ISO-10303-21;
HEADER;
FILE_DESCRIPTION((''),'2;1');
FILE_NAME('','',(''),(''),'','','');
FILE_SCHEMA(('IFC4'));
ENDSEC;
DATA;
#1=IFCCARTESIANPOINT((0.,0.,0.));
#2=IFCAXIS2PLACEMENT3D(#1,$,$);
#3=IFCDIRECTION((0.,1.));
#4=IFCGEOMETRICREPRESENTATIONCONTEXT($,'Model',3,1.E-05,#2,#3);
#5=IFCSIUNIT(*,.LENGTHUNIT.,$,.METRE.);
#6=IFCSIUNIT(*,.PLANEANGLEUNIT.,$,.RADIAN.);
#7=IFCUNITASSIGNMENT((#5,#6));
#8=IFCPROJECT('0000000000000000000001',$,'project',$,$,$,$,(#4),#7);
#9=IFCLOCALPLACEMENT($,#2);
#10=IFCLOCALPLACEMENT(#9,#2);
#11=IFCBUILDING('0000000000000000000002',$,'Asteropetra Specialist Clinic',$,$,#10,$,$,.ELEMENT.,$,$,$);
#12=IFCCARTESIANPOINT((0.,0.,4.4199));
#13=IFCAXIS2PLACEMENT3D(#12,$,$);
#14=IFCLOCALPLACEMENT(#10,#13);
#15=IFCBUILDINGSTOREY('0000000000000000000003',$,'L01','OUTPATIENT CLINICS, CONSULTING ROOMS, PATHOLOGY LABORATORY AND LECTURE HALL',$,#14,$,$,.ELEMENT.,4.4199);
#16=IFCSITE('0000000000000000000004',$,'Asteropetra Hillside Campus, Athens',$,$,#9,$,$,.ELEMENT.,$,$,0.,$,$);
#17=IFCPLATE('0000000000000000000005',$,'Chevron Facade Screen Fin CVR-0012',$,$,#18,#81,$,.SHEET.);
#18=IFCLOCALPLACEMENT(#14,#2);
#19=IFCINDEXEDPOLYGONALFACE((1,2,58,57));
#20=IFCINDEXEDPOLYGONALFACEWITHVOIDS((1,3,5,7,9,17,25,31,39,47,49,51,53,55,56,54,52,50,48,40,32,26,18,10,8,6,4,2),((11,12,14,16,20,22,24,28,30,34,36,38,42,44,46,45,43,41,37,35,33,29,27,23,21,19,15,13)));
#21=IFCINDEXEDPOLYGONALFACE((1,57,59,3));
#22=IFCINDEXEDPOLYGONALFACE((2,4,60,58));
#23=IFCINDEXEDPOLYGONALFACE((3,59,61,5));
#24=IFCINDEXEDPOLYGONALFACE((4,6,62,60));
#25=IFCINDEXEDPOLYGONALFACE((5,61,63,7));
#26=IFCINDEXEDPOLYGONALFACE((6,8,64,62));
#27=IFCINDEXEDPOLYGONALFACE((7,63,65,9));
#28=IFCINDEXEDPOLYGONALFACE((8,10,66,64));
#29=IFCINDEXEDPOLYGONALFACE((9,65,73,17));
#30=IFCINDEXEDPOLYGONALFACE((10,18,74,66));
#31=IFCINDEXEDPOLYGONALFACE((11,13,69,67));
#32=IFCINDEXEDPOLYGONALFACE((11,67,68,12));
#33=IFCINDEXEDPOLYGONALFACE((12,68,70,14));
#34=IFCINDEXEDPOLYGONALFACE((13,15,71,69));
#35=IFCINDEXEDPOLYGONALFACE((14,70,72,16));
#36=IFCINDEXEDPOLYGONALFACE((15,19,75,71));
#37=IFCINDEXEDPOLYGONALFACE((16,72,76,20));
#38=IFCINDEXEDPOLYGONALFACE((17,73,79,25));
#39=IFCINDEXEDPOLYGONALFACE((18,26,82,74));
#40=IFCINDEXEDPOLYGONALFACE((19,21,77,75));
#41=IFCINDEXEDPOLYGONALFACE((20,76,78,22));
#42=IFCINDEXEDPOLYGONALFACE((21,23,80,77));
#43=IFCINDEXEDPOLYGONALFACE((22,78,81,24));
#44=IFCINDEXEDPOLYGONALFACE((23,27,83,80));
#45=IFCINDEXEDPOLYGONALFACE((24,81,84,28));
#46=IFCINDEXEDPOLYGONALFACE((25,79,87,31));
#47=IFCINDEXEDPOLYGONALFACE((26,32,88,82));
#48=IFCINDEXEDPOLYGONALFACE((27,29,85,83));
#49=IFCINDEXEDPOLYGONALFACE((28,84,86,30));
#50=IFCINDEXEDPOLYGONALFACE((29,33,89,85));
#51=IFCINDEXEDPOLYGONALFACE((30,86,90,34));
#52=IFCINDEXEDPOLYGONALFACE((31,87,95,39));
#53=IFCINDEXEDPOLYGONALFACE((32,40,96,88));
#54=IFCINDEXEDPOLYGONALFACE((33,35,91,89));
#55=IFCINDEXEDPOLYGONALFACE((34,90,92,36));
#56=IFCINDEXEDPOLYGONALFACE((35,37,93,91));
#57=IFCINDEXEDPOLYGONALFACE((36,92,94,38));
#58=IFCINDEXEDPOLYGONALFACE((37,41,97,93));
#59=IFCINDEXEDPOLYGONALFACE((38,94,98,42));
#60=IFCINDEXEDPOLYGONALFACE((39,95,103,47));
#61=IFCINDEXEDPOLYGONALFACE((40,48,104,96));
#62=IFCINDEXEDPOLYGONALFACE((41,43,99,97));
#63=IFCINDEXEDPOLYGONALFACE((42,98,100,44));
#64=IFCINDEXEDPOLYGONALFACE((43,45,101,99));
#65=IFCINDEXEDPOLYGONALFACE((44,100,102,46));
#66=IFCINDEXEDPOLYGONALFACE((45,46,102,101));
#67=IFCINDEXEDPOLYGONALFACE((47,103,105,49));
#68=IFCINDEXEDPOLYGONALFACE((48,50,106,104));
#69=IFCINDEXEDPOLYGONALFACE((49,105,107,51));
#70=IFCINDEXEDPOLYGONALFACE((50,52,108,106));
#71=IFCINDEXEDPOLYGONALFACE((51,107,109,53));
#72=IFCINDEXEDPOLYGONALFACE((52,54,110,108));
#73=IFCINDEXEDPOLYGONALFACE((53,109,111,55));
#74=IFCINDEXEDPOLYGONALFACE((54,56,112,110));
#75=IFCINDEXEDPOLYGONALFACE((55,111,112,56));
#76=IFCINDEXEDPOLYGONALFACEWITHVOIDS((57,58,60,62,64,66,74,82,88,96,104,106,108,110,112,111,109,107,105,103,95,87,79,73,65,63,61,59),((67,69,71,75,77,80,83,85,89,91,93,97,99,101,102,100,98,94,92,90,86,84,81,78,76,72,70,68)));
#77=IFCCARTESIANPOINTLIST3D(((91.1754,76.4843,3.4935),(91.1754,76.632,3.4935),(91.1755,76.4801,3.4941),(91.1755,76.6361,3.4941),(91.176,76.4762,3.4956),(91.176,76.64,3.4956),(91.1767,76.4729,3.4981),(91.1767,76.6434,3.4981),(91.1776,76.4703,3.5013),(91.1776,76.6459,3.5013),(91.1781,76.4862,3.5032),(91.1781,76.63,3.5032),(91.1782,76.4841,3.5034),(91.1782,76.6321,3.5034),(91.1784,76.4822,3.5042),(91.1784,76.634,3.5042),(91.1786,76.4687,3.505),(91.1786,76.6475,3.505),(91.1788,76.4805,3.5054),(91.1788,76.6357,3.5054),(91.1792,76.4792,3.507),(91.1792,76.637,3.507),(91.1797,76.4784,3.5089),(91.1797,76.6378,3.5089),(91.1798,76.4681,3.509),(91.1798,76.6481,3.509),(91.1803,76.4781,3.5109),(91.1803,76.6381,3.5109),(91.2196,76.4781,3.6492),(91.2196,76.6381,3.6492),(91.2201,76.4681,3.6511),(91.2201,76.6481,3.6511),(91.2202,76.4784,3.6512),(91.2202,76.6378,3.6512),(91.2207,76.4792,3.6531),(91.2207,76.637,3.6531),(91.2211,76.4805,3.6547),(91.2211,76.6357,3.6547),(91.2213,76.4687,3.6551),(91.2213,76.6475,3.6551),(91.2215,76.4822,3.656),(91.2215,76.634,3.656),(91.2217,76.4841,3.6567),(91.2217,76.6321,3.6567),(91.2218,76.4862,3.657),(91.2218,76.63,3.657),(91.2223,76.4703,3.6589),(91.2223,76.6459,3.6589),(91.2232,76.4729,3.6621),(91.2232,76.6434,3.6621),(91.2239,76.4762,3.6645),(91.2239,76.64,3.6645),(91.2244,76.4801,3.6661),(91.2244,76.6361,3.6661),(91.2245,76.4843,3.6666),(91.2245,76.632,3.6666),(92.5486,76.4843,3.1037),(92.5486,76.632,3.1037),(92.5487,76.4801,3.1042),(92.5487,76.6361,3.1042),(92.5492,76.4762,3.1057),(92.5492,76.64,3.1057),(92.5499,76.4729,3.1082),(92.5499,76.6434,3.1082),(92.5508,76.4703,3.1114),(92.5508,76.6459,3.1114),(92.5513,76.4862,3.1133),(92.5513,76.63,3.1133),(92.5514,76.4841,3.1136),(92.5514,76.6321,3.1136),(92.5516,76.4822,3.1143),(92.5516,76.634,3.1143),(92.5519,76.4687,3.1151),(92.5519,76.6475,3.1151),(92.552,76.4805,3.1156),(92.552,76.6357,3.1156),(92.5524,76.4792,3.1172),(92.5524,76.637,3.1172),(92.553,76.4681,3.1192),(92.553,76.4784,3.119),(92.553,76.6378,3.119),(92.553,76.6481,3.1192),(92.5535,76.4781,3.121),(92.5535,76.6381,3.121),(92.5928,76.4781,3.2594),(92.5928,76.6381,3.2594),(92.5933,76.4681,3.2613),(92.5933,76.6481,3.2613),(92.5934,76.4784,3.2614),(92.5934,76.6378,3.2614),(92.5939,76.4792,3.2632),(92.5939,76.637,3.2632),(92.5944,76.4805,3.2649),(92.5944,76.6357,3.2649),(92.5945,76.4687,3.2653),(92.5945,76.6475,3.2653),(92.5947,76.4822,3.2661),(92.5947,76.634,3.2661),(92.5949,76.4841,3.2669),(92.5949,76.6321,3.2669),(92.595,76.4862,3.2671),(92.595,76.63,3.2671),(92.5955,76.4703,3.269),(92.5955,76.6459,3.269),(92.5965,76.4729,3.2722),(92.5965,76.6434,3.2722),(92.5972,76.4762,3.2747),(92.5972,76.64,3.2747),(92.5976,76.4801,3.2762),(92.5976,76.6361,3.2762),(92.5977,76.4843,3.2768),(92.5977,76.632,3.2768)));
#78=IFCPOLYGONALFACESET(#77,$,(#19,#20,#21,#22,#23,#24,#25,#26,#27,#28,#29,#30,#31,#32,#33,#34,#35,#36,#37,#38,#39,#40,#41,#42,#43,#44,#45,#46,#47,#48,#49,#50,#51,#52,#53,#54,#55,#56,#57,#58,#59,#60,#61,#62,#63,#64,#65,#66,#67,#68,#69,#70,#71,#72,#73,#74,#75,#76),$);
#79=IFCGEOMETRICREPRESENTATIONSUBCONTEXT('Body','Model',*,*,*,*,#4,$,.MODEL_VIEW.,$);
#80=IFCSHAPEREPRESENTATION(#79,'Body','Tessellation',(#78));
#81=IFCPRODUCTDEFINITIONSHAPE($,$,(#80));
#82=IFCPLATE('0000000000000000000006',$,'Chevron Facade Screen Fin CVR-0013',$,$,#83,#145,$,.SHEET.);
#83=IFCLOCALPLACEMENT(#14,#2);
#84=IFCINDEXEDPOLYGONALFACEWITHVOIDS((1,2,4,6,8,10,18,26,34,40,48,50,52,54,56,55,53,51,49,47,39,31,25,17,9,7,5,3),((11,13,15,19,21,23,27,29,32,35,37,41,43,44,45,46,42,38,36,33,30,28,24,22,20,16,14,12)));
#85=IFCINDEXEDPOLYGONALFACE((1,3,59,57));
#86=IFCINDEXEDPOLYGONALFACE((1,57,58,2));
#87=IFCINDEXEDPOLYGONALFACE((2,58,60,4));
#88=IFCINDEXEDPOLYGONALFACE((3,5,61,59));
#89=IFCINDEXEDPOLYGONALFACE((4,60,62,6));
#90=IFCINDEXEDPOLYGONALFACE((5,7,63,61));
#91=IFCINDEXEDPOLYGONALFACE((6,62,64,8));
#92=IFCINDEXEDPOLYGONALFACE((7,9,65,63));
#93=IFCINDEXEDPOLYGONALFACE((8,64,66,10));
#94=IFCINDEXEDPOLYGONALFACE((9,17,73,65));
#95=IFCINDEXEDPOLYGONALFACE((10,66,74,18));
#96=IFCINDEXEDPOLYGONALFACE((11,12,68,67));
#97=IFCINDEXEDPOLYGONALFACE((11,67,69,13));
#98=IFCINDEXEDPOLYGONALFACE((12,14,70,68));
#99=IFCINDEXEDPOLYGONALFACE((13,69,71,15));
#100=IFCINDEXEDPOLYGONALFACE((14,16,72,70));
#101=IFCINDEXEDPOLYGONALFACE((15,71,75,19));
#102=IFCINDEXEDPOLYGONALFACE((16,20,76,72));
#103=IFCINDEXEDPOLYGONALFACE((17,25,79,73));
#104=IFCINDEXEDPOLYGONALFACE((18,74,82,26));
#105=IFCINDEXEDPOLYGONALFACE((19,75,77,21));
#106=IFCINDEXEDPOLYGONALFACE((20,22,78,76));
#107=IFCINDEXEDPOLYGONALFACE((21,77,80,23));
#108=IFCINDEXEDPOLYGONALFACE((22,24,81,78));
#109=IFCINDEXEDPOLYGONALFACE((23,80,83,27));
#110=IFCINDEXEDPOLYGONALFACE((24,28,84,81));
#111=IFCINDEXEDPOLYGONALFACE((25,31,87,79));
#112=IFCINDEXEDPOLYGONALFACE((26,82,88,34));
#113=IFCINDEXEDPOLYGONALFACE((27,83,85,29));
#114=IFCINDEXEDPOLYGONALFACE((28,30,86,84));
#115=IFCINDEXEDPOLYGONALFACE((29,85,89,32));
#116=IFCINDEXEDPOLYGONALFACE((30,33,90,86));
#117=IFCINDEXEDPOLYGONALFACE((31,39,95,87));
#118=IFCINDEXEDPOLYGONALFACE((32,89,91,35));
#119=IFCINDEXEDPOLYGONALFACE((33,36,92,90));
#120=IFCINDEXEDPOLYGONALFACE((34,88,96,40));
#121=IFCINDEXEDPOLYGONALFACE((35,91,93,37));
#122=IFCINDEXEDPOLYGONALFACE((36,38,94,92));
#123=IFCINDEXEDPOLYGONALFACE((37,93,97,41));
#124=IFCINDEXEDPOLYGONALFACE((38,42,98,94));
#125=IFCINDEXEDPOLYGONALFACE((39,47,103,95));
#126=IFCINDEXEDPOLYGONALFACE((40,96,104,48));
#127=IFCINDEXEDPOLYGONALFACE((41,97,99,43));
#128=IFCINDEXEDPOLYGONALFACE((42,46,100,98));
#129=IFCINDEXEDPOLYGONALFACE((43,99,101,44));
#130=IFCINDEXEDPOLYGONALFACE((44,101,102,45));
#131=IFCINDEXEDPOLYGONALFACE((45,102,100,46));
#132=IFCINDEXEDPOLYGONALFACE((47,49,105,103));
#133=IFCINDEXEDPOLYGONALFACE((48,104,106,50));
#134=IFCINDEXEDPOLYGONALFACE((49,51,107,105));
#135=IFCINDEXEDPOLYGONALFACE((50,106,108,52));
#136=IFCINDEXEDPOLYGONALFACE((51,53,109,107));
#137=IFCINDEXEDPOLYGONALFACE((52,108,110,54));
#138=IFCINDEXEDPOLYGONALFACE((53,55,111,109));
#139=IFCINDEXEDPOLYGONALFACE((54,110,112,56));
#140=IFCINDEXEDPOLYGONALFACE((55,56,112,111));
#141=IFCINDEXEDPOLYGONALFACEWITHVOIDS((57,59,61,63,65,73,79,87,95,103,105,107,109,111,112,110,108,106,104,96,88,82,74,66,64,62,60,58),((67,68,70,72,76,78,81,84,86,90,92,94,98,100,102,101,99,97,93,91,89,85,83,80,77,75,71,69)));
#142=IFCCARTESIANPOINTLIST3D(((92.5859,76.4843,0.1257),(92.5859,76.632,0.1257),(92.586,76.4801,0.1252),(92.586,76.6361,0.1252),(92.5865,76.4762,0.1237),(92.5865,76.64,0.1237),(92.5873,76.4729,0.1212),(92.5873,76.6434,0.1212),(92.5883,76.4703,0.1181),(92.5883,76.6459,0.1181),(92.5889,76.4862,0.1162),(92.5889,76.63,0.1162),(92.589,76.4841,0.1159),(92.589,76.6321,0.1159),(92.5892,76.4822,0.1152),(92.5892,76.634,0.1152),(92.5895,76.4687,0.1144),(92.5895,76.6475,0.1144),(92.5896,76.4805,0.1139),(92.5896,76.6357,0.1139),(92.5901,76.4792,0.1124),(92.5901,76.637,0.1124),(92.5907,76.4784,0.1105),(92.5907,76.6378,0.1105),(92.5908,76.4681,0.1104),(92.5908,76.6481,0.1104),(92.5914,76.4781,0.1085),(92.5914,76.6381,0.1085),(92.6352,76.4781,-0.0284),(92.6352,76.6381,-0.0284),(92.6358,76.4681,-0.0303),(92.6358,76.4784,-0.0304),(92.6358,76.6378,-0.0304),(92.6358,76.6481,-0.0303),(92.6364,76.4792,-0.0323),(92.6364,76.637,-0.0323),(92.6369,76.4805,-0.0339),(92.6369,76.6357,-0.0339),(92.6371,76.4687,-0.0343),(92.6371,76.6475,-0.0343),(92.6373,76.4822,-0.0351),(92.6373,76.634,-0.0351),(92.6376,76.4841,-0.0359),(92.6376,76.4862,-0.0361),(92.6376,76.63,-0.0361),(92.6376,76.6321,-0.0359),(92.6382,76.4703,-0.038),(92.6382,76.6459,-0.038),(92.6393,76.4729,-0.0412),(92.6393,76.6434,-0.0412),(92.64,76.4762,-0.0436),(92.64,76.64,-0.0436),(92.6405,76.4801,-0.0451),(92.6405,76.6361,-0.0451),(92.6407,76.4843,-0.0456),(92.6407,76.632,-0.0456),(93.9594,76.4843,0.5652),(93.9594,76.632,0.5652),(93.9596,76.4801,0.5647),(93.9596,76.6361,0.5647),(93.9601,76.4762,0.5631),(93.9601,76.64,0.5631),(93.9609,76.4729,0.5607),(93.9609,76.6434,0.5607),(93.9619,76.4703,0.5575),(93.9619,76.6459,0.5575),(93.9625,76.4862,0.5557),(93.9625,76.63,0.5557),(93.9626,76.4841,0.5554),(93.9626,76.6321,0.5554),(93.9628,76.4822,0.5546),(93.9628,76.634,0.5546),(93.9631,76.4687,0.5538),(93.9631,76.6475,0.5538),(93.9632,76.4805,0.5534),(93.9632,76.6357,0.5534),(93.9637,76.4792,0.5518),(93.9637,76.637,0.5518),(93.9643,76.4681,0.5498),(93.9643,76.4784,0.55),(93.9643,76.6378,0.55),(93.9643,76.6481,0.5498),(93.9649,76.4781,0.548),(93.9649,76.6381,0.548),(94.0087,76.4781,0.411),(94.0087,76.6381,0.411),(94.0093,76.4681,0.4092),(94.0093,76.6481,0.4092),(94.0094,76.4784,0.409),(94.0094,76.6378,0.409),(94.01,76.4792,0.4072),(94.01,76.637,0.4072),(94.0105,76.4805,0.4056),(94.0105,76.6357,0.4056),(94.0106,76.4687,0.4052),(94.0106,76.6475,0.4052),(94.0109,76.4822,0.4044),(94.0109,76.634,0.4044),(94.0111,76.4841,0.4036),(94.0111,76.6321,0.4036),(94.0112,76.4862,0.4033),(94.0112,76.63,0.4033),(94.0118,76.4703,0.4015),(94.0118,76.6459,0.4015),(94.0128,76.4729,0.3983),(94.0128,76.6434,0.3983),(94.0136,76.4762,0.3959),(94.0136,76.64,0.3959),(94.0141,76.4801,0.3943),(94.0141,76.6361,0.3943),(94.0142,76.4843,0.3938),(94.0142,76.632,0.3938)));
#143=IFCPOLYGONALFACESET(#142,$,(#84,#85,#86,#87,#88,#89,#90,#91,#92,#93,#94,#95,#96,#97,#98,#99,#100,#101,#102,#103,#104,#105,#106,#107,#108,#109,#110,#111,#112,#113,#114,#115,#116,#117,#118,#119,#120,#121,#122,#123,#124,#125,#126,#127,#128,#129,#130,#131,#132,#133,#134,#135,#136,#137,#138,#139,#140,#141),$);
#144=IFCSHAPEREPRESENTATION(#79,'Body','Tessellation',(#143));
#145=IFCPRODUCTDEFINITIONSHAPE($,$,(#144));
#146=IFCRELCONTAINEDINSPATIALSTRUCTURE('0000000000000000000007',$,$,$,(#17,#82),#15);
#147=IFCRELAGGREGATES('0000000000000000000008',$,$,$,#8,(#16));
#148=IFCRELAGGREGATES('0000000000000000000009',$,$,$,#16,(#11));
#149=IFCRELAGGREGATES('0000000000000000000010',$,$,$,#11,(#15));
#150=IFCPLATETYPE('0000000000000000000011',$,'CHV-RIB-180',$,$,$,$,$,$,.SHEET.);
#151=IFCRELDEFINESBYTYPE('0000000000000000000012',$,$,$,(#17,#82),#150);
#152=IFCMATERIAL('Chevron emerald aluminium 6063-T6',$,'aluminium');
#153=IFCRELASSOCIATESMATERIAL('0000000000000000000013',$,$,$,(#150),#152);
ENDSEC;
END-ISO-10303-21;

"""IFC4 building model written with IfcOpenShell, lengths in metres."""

from ifc_helpers import new_model, si_unit, direction, frame, origin, origin_2d, place, context, subcontext, project, spatial, hollow_rectangle, extrude, material, material_profile, profile_set, type_object, element, save


model = new_model("IFC4")

# Units and contexts
model_context = context("Model", 3, precision=1e-05, world=origin(), true_north=direction((0.0, 1.0)))
body_context = subcontext(model_context, "Body", "Model", "MODEL_VIEW")
ifc_project = project(units=[si_unit("LENGTHUNIT", "METRE"), si_unit("PLANEANGLEUNIT", "RADIAN")], contexts=[model_context])

# Site, building, storey
site_placement = place(None, origin())
site = spatial("IfcSite", under=ifc_project, at=site_placement, Name="Asteropetra Hillside Campus, Athens", CompositionType="ELEMENT", RefElevation=0.0)
building_placement = place(site_placement, origin())
building = spatial("IfcBuilding", under=site, at=building_placement, Name="Asteropetra Specialist Clinic", CompositionType="ELEMENT")
storey_placement = place(building_placement, frame((0.0, 0.0, 4.4199)))
storey = spatial("IfcBuildingStorey", under=building, at=storey_placement, Name="L01", Description="OUTPATIENT CLINICS, CONSULTING ROOMS, PATHOLOGY LABORATORY AND LECTURE HALL", CompositionType="ELEMENT", Elevation=4.4199)

# Plates
ifc_material_1 = material(Name="Chevron emerald aluminium 6063-T6", Category="aluminium")
ifc_material_profile_1 = material_profile(ifc_material_1, hollow_rectangle(XDim=0.1799, YDim=0.1799, WallThickness=0.01, InnerFilletRadius=0.0081, OuterFilletRadius=0.0161, at=origin_2d()), Name="SHS 180x180x10.0")
ifc_profile_set_1 = profile_set([ifc_material_profile_1], Name="Chevron emerald aluminium 6063-T6")
plate_type = type_object("IfcPlateType", Name="CHV-RIB-180", PredefinedType="SHEET", material=ifc_profile_set_1)
plate_1_placement = place(storey_placement, frame((91.2, 76.5581, 3.5801), z_axis=(0.961981, 0.0, -0.273117), x_axis=(0.0, 1.0, 0.0)))
element("IfcPlate", 1, at=plate_1_placement, inside=storey, type_object=plate_type, Name="Chevron Facade Screen Fin CVR-0012", PredefinedType="SHEET", context=body_context, shape_type="SweptSolid", body=[
    extrude(hollow_rectangle(XDim=0.1799, YDim=0.1799, WallThickness=0.01, InnerFilletRadius=0.0081, OuterFilletRadius=0.0161, at=origin_2d()), origin(), (0.0, 0.0, 1.0), 1.4275),
])
plate_2_placement = place(storey_placement, frame((92.6133, 76.5581, 0.04), z_axis=(0.95244, 0.0, 0.304727), x_axis=(0.0, 1.0, 0.0)))
element("IfcPlate", 2, at=plate_2_placement, inside=storey, type_object=plate_type, Name="Chevron Facade Screen Fin CVR-0013", PredefinedType="SHEET", context=body_context, shape_type="SweptSolid", body=[
    extrude(hollow_rectangle(XDim=0.1799, YDim=0.1799, WallThickness=0.01, InnerFilletRadius=0.0081, OuterFilletRadius=0.0161, at=origin_2d()), origin(), (0.0, 0.0, 1.0), 1.4421),
])

save(model, "model.ifc")
